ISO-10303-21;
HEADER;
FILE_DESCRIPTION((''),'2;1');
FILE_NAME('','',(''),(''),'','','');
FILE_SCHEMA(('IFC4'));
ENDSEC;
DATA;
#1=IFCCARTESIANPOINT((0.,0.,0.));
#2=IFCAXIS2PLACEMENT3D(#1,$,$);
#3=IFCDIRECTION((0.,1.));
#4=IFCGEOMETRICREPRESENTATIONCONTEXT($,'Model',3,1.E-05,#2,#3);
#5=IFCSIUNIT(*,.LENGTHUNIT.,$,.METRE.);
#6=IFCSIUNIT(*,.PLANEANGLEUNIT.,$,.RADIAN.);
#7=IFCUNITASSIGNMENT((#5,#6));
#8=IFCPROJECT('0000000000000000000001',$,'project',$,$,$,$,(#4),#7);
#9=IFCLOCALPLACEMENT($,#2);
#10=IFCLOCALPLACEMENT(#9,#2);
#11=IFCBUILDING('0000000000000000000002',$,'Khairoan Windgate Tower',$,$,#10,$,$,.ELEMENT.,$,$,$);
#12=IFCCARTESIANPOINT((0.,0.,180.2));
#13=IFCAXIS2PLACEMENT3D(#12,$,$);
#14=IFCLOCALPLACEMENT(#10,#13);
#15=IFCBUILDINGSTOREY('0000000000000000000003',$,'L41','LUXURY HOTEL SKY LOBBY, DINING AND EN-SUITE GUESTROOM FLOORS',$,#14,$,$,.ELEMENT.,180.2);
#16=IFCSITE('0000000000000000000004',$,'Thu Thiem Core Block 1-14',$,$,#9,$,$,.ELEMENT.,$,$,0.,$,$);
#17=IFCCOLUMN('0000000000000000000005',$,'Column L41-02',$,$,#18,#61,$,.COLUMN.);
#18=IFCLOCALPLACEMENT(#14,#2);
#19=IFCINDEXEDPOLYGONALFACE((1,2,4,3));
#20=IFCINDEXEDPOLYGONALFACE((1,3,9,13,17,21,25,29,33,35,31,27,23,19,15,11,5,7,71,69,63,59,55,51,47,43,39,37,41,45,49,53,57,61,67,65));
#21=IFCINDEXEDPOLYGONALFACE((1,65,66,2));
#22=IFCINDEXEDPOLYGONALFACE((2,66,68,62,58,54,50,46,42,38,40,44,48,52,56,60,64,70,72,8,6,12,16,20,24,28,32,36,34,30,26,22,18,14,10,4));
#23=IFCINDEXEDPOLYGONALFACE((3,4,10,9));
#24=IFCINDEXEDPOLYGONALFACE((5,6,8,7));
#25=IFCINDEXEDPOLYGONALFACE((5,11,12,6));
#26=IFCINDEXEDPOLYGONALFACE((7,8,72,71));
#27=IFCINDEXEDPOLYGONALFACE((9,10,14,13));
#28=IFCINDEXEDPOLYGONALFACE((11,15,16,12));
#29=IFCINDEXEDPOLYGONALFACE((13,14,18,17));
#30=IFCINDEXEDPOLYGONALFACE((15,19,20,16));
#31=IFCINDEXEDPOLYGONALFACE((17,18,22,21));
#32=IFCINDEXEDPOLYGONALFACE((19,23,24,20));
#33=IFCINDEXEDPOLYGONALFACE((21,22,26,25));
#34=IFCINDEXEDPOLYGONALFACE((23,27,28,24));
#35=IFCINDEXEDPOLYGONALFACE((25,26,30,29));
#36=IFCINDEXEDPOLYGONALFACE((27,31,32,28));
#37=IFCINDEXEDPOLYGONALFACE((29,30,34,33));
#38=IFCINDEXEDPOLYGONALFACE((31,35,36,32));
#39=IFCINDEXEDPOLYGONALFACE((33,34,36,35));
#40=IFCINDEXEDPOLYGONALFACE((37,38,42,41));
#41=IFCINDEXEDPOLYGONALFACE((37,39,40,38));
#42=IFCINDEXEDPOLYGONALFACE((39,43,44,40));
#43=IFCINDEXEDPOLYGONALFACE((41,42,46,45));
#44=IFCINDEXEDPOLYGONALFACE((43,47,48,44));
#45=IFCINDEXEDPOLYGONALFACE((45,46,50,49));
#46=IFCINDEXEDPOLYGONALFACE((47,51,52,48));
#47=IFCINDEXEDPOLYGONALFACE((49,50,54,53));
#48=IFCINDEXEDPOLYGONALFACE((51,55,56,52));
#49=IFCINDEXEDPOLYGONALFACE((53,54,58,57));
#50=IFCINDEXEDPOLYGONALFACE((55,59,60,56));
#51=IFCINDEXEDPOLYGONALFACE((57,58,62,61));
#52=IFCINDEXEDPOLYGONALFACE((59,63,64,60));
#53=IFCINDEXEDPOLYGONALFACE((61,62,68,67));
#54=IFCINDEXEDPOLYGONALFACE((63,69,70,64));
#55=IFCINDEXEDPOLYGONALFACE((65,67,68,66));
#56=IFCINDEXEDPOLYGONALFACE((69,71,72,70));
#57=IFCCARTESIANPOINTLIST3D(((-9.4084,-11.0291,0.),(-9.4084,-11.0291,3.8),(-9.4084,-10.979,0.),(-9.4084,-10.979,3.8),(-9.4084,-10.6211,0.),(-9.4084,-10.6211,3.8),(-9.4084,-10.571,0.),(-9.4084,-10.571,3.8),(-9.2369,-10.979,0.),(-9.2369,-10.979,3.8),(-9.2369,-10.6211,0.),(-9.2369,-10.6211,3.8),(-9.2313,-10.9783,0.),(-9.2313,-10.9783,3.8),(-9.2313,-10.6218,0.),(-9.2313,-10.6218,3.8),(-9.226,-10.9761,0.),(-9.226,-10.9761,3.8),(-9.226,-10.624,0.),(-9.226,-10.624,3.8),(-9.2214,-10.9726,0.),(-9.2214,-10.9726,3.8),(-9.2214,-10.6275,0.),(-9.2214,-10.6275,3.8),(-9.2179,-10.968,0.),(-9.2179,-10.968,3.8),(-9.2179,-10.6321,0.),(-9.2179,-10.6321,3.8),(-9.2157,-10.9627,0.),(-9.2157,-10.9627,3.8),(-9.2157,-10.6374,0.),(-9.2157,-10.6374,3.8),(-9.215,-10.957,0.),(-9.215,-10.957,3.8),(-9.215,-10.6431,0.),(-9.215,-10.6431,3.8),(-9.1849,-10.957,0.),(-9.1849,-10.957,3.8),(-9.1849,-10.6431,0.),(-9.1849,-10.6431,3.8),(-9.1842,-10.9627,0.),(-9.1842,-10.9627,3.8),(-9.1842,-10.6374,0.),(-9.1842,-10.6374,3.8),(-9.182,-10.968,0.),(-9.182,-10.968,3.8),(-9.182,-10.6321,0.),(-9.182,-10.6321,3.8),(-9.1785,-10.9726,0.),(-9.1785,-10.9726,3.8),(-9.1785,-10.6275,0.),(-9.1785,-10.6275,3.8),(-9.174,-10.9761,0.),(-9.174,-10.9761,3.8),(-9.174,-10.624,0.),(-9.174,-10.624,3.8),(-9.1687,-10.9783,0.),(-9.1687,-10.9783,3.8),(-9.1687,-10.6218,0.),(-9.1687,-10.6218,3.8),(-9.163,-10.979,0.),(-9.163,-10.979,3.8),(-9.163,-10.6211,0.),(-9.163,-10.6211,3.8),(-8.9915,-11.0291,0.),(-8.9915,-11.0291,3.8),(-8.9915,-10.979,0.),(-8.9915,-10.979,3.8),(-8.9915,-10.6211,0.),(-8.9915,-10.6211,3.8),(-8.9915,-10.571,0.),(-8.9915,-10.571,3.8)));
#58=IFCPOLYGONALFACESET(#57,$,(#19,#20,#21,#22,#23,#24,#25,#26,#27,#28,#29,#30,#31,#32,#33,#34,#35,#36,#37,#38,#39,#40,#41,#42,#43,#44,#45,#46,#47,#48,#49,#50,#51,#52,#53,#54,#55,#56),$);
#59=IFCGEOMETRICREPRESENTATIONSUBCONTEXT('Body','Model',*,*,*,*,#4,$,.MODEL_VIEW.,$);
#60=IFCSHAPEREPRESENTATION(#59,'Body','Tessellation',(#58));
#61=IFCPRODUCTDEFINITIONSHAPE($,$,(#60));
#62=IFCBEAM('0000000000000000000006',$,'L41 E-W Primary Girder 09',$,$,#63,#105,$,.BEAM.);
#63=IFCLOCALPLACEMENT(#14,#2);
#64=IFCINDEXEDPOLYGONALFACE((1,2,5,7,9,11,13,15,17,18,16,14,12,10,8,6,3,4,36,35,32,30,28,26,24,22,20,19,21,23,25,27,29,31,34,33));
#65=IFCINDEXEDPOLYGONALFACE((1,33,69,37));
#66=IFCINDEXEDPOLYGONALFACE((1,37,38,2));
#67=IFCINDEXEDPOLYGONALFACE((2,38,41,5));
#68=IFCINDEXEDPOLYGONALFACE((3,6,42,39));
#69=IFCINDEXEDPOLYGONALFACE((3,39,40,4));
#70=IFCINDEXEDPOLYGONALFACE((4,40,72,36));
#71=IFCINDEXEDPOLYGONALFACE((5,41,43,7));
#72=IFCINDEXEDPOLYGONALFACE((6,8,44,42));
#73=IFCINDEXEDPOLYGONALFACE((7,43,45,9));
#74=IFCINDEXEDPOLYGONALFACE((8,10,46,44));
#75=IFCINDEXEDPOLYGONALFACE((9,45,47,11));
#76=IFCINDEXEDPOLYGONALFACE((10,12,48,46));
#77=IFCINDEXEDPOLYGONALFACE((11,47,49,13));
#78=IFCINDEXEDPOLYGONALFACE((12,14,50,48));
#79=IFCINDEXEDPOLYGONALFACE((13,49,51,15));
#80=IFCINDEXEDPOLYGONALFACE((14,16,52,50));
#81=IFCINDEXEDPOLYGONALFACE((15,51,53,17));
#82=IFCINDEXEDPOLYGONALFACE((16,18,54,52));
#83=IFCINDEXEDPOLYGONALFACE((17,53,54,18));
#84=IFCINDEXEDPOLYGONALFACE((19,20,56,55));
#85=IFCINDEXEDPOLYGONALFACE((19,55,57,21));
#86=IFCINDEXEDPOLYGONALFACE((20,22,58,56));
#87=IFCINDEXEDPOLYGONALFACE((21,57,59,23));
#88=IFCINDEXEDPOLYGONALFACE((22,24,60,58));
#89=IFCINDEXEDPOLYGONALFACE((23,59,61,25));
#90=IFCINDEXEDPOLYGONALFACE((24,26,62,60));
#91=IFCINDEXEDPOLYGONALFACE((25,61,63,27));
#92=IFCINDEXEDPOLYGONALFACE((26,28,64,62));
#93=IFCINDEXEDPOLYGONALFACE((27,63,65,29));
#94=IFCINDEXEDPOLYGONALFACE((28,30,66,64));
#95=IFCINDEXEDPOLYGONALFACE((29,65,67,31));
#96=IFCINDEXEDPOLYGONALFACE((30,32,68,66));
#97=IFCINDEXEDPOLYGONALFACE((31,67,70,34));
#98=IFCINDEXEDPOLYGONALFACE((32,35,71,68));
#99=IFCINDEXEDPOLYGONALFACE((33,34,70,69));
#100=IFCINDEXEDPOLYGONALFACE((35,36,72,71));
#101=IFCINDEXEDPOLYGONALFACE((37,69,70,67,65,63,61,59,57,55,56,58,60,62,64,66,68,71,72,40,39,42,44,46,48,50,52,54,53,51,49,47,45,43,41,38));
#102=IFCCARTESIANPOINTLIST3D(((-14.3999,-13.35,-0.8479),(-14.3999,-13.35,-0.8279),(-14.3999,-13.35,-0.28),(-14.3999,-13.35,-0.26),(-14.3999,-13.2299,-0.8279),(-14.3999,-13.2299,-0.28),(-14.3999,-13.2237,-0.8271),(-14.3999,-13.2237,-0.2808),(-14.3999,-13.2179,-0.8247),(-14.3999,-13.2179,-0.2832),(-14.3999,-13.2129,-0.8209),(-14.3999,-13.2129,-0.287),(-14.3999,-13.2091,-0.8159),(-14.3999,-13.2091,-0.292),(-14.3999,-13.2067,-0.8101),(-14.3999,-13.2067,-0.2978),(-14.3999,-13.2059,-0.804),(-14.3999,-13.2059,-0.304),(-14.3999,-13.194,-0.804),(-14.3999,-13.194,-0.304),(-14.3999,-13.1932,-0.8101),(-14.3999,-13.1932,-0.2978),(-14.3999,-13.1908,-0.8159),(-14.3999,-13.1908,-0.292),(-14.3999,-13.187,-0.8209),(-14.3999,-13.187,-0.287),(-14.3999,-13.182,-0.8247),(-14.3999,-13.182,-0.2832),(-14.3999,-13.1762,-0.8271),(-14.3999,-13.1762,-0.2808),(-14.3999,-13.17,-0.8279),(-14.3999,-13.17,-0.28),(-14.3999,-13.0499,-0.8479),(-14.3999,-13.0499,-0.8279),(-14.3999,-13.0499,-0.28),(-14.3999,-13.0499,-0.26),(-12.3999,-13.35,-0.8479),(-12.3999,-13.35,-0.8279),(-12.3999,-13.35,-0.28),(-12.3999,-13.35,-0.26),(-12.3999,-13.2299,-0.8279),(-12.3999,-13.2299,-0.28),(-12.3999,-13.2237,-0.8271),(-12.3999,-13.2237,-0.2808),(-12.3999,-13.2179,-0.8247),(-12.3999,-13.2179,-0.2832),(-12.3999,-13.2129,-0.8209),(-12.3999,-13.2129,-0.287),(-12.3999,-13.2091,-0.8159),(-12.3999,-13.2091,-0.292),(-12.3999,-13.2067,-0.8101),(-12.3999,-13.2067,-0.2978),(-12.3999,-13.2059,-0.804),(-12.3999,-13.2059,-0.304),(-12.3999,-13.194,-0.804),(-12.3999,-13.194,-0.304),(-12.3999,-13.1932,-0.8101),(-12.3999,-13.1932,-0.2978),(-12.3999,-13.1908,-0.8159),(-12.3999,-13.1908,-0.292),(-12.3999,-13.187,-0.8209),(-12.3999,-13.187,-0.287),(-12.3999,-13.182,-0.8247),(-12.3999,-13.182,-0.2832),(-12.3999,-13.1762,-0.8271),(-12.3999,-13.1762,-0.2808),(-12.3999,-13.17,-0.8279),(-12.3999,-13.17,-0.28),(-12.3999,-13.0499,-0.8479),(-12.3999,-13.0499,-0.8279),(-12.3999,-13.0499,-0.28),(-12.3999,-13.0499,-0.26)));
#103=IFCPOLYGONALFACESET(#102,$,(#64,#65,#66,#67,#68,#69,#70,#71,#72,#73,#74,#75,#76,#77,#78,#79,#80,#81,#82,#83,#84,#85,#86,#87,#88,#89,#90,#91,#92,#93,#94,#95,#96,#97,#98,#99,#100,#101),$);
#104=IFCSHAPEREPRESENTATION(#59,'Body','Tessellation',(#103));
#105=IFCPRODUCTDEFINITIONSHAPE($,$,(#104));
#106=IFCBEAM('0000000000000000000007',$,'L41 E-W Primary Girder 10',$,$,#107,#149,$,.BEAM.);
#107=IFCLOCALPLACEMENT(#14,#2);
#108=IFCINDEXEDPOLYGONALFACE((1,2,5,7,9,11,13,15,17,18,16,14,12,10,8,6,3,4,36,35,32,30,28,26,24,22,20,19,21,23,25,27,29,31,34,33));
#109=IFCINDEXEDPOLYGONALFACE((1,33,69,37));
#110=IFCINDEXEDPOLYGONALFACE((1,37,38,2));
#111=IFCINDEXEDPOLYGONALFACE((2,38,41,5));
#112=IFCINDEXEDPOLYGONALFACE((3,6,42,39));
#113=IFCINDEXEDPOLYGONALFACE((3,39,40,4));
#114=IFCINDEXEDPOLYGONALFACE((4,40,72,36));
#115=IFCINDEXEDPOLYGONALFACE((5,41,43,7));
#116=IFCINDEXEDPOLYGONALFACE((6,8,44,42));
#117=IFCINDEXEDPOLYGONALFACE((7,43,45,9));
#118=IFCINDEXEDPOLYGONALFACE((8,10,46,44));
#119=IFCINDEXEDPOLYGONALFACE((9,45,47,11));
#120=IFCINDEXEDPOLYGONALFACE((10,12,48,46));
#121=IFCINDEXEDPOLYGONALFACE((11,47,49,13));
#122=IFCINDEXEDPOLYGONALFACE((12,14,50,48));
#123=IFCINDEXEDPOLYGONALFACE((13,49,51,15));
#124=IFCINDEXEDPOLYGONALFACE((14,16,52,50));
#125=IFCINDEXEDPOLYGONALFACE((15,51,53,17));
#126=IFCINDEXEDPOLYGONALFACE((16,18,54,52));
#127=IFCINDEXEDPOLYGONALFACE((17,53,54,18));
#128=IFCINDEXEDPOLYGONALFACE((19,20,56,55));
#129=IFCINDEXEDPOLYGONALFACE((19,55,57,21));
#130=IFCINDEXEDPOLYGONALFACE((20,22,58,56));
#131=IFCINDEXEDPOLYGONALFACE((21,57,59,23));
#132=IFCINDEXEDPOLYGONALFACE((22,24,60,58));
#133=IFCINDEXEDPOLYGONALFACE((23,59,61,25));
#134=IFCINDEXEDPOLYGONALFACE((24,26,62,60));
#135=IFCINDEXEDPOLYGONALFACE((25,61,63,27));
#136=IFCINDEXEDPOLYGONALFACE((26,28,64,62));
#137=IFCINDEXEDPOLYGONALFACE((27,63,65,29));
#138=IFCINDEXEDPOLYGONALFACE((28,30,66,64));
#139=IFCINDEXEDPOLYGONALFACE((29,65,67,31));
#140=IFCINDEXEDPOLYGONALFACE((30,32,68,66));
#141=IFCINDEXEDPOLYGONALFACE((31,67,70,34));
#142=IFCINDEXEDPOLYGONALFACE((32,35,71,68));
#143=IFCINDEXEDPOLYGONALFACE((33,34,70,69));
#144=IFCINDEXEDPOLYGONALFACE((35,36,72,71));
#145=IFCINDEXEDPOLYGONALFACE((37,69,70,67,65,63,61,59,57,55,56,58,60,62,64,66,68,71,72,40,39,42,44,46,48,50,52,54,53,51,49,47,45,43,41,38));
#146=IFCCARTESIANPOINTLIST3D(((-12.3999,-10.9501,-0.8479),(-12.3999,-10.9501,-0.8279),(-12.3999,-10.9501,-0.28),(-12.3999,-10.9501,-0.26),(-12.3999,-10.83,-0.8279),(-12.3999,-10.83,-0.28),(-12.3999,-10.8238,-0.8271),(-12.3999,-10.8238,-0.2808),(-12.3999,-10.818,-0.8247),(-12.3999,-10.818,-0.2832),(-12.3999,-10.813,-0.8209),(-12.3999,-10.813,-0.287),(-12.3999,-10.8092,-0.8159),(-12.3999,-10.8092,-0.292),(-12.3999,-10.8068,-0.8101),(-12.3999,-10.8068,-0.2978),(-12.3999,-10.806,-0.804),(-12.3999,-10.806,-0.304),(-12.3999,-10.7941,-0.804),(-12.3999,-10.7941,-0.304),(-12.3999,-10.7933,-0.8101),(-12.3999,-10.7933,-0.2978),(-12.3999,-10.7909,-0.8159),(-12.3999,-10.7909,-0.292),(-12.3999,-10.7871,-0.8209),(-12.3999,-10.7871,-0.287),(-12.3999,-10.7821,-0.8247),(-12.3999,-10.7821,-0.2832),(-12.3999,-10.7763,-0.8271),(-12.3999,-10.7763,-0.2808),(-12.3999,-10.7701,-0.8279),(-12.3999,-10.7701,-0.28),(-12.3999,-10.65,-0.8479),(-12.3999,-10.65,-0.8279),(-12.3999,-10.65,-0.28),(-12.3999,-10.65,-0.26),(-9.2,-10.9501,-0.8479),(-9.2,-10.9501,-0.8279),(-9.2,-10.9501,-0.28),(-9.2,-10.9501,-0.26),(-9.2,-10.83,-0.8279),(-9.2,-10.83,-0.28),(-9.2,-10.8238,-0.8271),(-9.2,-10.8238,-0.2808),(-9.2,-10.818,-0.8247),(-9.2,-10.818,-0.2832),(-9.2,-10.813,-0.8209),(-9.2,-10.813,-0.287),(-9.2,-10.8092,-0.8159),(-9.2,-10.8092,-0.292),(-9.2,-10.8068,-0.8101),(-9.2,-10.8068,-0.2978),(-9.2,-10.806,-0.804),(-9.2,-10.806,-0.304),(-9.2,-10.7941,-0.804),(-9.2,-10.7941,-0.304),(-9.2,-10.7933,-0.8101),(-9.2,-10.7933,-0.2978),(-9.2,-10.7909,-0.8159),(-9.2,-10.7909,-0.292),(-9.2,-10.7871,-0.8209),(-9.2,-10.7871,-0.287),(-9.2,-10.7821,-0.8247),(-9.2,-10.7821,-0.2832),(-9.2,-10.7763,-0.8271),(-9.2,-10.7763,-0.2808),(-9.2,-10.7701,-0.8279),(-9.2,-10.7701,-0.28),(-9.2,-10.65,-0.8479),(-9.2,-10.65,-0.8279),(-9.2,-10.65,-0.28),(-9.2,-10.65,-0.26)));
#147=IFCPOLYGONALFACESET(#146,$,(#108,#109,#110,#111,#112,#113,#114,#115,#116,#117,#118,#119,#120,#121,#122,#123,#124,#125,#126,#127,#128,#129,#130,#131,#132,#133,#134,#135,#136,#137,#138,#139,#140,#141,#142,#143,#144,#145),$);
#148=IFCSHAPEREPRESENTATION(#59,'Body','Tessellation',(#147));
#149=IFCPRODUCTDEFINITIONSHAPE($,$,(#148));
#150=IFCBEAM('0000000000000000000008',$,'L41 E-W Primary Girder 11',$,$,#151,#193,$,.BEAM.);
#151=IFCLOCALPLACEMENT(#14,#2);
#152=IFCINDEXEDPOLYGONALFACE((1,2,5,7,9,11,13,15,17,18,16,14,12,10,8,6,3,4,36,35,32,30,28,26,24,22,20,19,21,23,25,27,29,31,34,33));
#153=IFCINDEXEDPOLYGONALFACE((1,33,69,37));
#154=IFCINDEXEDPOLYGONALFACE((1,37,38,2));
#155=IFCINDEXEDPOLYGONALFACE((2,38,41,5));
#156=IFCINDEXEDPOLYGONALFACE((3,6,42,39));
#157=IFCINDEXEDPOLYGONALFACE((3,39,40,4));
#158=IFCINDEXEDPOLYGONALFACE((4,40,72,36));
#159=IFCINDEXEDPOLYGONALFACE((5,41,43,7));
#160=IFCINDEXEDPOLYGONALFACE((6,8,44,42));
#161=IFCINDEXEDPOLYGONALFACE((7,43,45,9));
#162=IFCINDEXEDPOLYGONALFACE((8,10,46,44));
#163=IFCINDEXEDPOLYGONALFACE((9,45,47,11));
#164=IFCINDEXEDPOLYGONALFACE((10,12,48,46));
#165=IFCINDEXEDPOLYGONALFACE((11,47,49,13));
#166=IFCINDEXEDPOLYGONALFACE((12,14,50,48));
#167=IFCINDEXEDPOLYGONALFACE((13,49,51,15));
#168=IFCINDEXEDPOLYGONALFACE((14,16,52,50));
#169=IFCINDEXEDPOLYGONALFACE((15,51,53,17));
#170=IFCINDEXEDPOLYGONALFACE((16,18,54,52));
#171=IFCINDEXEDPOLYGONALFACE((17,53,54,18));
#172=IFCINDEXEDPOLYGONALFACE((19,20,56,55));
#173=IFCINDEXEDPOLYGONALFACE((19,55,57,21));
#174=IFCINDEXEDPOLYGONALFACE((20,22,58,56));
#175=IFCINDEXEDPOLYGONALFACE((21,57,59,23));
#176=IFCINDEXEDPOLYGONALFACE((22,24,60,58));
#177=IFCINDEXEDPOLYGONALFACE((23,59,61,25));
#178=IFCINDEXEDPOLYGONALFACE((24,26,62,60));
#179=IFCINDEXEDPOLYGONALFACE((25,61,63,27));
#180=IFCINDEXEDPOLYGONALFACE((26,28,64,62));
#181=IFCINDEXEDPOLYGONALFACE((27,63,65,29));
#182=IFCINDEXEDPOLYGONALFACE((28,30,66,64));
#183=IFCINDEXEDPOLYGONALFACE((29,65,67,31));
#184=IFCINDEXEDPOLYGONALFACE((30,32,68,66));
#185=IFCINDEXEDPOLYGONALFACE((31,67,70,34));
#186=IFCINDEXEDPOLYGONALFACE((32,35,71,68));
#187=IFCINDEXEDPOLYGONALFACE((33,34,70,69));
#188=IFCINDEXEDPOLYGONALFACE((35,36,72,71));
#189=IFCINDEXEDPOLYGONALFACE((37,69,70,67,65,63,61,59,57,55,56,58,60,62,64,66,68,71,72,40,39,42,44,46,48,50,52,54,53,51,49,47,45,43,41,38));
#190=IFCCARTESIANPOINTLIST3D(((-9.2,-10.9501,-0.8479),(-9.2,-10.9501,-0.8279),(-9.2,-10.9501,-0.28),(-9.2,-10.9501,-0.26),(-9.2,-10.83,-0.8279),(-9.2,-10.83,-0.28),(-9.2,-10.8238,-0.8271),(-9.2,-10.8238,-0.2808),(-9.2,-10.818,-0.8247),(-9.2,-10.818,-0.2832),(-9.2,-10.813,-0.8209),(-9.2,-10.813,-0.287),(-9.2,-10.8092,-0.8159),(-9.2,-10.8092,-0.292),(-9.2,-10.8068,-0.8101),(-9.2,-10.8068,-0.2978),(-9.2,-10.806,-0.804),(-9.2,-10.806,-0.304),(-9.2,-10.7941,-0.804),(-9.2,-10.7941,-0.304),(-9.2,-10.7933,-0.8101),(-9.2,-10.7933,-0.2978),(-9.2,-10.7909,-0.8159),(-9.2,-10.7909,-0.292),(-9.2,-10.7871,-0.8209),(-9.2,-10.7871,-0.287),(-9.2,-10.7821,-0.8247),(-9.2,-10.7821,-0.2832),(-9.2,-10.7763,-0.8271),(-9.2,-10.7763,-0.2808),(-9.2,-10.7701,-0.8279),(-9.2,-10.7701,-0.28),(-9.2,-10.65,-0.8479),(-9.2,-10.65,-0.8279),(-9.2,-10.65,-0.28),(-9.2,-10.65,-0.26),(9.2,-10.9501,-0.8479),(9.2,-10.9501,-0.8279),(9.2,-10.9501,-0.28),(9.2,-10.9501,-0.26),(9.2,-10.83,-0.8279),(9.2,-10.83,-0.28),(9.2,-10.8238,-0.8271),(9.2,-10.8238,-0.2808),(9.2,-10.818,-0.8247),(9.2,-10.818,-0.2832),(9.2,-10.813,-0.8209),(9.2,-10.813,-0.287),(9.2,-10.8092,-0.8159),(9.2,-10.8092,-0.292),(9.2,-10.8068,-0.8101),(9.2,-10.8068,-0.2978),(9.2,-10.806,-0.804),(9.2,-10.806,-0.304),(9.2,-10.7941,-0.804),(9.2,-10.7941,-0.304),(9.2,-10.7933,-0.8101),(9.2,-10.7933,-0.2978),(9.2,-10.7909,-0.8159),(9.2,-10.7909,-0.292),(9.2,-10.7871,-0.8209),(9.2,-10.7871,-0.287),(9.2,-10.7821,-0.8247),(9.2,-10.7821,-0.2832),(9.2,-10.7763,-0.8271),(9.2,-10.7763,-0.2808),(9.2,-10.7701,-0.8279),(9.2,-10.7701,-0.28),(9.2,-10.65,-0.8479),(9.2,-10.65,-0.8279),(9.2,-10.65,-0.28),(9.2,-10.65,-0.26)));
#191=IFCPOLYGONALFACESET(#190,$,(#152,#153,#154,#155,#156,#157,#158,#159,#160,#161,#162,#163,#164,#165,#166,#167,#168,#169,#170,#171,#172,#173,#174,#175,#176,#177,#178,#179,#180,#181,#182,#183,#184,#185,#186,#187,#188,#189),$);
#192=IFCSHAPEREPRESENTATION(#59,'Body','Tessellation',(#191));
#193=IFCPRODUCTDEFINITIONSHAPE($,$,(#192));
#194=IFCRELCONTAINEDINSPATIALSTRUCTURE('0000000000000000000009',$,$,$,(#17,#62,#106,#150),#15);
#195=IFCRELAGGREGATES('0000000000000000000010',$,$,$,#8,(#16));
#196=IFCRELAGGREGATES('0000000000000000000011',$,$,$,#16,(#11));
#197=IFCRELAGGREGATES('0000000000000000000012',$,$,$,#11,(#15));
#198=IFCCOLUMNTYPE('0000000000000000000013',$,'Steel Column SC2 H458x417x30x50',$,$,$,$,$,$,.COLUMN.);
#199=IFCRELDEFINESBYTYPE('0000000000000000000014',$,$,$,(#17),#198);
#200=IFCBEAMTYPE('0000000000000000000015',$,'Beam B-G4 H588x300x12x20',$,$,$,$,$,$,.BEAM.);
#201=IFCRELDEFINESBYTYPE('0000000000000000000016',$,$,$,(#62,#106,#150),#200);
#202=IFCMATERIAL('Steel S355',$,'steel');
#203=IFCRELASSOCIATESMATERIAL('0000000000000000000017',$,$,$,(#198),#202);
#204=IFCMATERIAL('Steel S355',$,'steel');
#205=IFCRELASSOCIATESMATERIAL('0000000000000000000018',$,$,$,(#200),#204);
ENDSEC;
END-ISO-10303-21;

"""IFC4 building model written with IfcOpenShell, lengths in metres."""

from ifc_helpers import new_model, si_unit, direction, frame, origin, origin_2d, place, context, subcontext, project, spatial, i_section, extrude, material, material_profile, profile_set, type_object, element, save


model = new_model("IFC4")

# Units and contexts
model_context = context("Model", 3, precision=1e-05, world=origin(), true_north=direction((0.0, 1.0)))
body_context = subcontext(model_context, "Body", "Model", "MODEL_VIEW")
ifc_project = project(units=[si_unit("LENGTHUNIT", "METRE"), si_unit("PLANEANGLEUNIT", "RADIAN")], contexts=[model_context])

# Site, building, storey
site_placement = place(None, origin())
site = spatial("IfcSite", under=ifc_project, at=site_placement, Name="Thu Thiem Core Block 1-14", CompositionType="ELEMENT", RefElevation=0.0)
building_placement = place(site_placement, origin())
building = spatial("IfcBuilding", under=site, at=building_placement, Name="Khairoan Windgate Tower", CompositionType="ELEMENT")
storey_placement = place(building_placement, frame((0.0, 0.0, 180.2)))
storey = spatial("IfcBuildingStorey", under=building, at=storey_placement, Name="L41", Description="LUXURY HOTEL SKY LOBBY, DINING AND EN-SUITE GUESTROOM FLOORS", CompositionType="ELEMENT", Elevation=180.2)

# Column
ifc_material_1 = material(Name="Steel S355", Category="steel")
ifc_material_profile_1 = material_profile(ifc_material_1, i_section(OverallWidth=0.417, OverallDepth=0.458, WebThickness=0.03, FlangeThickness=0.05, FilletRadius=0.022, at=origin_2d()))
ifc_profile_set_1 = profile_set([ifc_material_profile_1], Name="Steel S355")
column_type = type_object("IfcColumnType", Name="Steel Column SC2 H458x417x30x50", PredefinedType="COLUMN", material=ifc_profile_set_1)
column_placement = place(storey_placement, frame((-9.2, -10.8, 0.0), z_axis=(0.0, 0.0, 1.0), x_axis=(1.0, 0.0, 0.0)))
element("IfcColumn", 1, at=column_placement, inside=storey, type_object=column_type, Name="Column L41-02", PredefinedType="COLUMN", context=body_context, shape_type="SweptSolid", body=[
    extrude(i_section(OverallWidth=0.417, OverallDepth=0.458, WebThickness=0.03, FlangeThickness=0.05, FilletRadius=0.022, at=origin_2d()), origin(), (0.0, 0.0, 1.0), 3.8),
])

# Beams
ifc_material_2 = material(Name="Steel S355", Category="steel")
ifc_material_profile_2 = material_profile(ifc_material_2, i_section(OverallWidth=0.3, OverallDepth=0.5879, WebThickness=0.012, FlangeThickness=0.02, FilletRadius=0.0239, at=origin_2d()))
ifc_profile_set_2 = profile_set([ifc_material_profile_2], Name="Steel S355")
beam_type = type_object("IfcBeamType", Name="Beam B-G4 H588x300x12x20", PredefinedType="BEAM", material=ifc_profile_set_2)
beam_1_placement = place(storey_placement, frame((-14.3999, -13.2, -0.554), z_axis=(1.0, 0.0, 0.0), x_axis=(0.0, 1.0, 0.0)))
element("IfcBeam", 2, at=beam_1_placement, inside=storey, type_object=beam_type, Name="L41 E-W Primary Girder 09", PredefinedType="BEAM", context=body_context, shape_type="SweptSolid", body=[
    extrude(i_section(OverallWidth=0.3, OverallDepth=0.5879, WebThickness=0.012, FlangeThickness=0.02, FilletRadius=0.0239, at=origin_2d()), origin(), (0.0, 0.0, 1.0), 2.0),
])
beam_2_placement = place(storey_placement, frame((-12.3999, -10.8, -0.554), z_axis=(1.0, 0.0, 0.0), x_axis=(0.0, 1.0, 0.0)))
element("IfcBeam", 3, at=beam_2_placement, inside=storey, type_object=beam_type, Name="L41 E-W Primary Girder 10", PredefinedType="BEAM", context=body_context, shape_type="SweptSolid", body=[
    extrude(i_section(OverallWidth=0.3, OverallDepth=0.5879, WebThickness=0.012, FlangeThickness=0.02, FilletRadius=0.0239, at=origin_2d()), origin(), (0.0, 0.0, 1.0), 3.2),
])
beam_3_placement = place(storey_placement, frame((-9.2, -10.8, -0.554), z_axis=(1.0, 0.0, 0.0), x_axis=(0.0, 1.0, 0.0)))
element("IfcBeam", 4, at=beam_3_placement, inside=storey, type_object=beam_type, Name="L41 E-W Primary Girder 11", PredefinedType="BEAM", context=body_context, shape_type="SweptSolid", body=[
    extrude(i_section(OverallWidth=0.3, OverallDepth=0.5879, WebThickness=0.012, FlangeThickness=0.02, FilletRadius=0.0239, at=origin_2d()), origin(), (0.0, 0.0, 1.0), 18.3999),
])

save(model, "model.ifc")
